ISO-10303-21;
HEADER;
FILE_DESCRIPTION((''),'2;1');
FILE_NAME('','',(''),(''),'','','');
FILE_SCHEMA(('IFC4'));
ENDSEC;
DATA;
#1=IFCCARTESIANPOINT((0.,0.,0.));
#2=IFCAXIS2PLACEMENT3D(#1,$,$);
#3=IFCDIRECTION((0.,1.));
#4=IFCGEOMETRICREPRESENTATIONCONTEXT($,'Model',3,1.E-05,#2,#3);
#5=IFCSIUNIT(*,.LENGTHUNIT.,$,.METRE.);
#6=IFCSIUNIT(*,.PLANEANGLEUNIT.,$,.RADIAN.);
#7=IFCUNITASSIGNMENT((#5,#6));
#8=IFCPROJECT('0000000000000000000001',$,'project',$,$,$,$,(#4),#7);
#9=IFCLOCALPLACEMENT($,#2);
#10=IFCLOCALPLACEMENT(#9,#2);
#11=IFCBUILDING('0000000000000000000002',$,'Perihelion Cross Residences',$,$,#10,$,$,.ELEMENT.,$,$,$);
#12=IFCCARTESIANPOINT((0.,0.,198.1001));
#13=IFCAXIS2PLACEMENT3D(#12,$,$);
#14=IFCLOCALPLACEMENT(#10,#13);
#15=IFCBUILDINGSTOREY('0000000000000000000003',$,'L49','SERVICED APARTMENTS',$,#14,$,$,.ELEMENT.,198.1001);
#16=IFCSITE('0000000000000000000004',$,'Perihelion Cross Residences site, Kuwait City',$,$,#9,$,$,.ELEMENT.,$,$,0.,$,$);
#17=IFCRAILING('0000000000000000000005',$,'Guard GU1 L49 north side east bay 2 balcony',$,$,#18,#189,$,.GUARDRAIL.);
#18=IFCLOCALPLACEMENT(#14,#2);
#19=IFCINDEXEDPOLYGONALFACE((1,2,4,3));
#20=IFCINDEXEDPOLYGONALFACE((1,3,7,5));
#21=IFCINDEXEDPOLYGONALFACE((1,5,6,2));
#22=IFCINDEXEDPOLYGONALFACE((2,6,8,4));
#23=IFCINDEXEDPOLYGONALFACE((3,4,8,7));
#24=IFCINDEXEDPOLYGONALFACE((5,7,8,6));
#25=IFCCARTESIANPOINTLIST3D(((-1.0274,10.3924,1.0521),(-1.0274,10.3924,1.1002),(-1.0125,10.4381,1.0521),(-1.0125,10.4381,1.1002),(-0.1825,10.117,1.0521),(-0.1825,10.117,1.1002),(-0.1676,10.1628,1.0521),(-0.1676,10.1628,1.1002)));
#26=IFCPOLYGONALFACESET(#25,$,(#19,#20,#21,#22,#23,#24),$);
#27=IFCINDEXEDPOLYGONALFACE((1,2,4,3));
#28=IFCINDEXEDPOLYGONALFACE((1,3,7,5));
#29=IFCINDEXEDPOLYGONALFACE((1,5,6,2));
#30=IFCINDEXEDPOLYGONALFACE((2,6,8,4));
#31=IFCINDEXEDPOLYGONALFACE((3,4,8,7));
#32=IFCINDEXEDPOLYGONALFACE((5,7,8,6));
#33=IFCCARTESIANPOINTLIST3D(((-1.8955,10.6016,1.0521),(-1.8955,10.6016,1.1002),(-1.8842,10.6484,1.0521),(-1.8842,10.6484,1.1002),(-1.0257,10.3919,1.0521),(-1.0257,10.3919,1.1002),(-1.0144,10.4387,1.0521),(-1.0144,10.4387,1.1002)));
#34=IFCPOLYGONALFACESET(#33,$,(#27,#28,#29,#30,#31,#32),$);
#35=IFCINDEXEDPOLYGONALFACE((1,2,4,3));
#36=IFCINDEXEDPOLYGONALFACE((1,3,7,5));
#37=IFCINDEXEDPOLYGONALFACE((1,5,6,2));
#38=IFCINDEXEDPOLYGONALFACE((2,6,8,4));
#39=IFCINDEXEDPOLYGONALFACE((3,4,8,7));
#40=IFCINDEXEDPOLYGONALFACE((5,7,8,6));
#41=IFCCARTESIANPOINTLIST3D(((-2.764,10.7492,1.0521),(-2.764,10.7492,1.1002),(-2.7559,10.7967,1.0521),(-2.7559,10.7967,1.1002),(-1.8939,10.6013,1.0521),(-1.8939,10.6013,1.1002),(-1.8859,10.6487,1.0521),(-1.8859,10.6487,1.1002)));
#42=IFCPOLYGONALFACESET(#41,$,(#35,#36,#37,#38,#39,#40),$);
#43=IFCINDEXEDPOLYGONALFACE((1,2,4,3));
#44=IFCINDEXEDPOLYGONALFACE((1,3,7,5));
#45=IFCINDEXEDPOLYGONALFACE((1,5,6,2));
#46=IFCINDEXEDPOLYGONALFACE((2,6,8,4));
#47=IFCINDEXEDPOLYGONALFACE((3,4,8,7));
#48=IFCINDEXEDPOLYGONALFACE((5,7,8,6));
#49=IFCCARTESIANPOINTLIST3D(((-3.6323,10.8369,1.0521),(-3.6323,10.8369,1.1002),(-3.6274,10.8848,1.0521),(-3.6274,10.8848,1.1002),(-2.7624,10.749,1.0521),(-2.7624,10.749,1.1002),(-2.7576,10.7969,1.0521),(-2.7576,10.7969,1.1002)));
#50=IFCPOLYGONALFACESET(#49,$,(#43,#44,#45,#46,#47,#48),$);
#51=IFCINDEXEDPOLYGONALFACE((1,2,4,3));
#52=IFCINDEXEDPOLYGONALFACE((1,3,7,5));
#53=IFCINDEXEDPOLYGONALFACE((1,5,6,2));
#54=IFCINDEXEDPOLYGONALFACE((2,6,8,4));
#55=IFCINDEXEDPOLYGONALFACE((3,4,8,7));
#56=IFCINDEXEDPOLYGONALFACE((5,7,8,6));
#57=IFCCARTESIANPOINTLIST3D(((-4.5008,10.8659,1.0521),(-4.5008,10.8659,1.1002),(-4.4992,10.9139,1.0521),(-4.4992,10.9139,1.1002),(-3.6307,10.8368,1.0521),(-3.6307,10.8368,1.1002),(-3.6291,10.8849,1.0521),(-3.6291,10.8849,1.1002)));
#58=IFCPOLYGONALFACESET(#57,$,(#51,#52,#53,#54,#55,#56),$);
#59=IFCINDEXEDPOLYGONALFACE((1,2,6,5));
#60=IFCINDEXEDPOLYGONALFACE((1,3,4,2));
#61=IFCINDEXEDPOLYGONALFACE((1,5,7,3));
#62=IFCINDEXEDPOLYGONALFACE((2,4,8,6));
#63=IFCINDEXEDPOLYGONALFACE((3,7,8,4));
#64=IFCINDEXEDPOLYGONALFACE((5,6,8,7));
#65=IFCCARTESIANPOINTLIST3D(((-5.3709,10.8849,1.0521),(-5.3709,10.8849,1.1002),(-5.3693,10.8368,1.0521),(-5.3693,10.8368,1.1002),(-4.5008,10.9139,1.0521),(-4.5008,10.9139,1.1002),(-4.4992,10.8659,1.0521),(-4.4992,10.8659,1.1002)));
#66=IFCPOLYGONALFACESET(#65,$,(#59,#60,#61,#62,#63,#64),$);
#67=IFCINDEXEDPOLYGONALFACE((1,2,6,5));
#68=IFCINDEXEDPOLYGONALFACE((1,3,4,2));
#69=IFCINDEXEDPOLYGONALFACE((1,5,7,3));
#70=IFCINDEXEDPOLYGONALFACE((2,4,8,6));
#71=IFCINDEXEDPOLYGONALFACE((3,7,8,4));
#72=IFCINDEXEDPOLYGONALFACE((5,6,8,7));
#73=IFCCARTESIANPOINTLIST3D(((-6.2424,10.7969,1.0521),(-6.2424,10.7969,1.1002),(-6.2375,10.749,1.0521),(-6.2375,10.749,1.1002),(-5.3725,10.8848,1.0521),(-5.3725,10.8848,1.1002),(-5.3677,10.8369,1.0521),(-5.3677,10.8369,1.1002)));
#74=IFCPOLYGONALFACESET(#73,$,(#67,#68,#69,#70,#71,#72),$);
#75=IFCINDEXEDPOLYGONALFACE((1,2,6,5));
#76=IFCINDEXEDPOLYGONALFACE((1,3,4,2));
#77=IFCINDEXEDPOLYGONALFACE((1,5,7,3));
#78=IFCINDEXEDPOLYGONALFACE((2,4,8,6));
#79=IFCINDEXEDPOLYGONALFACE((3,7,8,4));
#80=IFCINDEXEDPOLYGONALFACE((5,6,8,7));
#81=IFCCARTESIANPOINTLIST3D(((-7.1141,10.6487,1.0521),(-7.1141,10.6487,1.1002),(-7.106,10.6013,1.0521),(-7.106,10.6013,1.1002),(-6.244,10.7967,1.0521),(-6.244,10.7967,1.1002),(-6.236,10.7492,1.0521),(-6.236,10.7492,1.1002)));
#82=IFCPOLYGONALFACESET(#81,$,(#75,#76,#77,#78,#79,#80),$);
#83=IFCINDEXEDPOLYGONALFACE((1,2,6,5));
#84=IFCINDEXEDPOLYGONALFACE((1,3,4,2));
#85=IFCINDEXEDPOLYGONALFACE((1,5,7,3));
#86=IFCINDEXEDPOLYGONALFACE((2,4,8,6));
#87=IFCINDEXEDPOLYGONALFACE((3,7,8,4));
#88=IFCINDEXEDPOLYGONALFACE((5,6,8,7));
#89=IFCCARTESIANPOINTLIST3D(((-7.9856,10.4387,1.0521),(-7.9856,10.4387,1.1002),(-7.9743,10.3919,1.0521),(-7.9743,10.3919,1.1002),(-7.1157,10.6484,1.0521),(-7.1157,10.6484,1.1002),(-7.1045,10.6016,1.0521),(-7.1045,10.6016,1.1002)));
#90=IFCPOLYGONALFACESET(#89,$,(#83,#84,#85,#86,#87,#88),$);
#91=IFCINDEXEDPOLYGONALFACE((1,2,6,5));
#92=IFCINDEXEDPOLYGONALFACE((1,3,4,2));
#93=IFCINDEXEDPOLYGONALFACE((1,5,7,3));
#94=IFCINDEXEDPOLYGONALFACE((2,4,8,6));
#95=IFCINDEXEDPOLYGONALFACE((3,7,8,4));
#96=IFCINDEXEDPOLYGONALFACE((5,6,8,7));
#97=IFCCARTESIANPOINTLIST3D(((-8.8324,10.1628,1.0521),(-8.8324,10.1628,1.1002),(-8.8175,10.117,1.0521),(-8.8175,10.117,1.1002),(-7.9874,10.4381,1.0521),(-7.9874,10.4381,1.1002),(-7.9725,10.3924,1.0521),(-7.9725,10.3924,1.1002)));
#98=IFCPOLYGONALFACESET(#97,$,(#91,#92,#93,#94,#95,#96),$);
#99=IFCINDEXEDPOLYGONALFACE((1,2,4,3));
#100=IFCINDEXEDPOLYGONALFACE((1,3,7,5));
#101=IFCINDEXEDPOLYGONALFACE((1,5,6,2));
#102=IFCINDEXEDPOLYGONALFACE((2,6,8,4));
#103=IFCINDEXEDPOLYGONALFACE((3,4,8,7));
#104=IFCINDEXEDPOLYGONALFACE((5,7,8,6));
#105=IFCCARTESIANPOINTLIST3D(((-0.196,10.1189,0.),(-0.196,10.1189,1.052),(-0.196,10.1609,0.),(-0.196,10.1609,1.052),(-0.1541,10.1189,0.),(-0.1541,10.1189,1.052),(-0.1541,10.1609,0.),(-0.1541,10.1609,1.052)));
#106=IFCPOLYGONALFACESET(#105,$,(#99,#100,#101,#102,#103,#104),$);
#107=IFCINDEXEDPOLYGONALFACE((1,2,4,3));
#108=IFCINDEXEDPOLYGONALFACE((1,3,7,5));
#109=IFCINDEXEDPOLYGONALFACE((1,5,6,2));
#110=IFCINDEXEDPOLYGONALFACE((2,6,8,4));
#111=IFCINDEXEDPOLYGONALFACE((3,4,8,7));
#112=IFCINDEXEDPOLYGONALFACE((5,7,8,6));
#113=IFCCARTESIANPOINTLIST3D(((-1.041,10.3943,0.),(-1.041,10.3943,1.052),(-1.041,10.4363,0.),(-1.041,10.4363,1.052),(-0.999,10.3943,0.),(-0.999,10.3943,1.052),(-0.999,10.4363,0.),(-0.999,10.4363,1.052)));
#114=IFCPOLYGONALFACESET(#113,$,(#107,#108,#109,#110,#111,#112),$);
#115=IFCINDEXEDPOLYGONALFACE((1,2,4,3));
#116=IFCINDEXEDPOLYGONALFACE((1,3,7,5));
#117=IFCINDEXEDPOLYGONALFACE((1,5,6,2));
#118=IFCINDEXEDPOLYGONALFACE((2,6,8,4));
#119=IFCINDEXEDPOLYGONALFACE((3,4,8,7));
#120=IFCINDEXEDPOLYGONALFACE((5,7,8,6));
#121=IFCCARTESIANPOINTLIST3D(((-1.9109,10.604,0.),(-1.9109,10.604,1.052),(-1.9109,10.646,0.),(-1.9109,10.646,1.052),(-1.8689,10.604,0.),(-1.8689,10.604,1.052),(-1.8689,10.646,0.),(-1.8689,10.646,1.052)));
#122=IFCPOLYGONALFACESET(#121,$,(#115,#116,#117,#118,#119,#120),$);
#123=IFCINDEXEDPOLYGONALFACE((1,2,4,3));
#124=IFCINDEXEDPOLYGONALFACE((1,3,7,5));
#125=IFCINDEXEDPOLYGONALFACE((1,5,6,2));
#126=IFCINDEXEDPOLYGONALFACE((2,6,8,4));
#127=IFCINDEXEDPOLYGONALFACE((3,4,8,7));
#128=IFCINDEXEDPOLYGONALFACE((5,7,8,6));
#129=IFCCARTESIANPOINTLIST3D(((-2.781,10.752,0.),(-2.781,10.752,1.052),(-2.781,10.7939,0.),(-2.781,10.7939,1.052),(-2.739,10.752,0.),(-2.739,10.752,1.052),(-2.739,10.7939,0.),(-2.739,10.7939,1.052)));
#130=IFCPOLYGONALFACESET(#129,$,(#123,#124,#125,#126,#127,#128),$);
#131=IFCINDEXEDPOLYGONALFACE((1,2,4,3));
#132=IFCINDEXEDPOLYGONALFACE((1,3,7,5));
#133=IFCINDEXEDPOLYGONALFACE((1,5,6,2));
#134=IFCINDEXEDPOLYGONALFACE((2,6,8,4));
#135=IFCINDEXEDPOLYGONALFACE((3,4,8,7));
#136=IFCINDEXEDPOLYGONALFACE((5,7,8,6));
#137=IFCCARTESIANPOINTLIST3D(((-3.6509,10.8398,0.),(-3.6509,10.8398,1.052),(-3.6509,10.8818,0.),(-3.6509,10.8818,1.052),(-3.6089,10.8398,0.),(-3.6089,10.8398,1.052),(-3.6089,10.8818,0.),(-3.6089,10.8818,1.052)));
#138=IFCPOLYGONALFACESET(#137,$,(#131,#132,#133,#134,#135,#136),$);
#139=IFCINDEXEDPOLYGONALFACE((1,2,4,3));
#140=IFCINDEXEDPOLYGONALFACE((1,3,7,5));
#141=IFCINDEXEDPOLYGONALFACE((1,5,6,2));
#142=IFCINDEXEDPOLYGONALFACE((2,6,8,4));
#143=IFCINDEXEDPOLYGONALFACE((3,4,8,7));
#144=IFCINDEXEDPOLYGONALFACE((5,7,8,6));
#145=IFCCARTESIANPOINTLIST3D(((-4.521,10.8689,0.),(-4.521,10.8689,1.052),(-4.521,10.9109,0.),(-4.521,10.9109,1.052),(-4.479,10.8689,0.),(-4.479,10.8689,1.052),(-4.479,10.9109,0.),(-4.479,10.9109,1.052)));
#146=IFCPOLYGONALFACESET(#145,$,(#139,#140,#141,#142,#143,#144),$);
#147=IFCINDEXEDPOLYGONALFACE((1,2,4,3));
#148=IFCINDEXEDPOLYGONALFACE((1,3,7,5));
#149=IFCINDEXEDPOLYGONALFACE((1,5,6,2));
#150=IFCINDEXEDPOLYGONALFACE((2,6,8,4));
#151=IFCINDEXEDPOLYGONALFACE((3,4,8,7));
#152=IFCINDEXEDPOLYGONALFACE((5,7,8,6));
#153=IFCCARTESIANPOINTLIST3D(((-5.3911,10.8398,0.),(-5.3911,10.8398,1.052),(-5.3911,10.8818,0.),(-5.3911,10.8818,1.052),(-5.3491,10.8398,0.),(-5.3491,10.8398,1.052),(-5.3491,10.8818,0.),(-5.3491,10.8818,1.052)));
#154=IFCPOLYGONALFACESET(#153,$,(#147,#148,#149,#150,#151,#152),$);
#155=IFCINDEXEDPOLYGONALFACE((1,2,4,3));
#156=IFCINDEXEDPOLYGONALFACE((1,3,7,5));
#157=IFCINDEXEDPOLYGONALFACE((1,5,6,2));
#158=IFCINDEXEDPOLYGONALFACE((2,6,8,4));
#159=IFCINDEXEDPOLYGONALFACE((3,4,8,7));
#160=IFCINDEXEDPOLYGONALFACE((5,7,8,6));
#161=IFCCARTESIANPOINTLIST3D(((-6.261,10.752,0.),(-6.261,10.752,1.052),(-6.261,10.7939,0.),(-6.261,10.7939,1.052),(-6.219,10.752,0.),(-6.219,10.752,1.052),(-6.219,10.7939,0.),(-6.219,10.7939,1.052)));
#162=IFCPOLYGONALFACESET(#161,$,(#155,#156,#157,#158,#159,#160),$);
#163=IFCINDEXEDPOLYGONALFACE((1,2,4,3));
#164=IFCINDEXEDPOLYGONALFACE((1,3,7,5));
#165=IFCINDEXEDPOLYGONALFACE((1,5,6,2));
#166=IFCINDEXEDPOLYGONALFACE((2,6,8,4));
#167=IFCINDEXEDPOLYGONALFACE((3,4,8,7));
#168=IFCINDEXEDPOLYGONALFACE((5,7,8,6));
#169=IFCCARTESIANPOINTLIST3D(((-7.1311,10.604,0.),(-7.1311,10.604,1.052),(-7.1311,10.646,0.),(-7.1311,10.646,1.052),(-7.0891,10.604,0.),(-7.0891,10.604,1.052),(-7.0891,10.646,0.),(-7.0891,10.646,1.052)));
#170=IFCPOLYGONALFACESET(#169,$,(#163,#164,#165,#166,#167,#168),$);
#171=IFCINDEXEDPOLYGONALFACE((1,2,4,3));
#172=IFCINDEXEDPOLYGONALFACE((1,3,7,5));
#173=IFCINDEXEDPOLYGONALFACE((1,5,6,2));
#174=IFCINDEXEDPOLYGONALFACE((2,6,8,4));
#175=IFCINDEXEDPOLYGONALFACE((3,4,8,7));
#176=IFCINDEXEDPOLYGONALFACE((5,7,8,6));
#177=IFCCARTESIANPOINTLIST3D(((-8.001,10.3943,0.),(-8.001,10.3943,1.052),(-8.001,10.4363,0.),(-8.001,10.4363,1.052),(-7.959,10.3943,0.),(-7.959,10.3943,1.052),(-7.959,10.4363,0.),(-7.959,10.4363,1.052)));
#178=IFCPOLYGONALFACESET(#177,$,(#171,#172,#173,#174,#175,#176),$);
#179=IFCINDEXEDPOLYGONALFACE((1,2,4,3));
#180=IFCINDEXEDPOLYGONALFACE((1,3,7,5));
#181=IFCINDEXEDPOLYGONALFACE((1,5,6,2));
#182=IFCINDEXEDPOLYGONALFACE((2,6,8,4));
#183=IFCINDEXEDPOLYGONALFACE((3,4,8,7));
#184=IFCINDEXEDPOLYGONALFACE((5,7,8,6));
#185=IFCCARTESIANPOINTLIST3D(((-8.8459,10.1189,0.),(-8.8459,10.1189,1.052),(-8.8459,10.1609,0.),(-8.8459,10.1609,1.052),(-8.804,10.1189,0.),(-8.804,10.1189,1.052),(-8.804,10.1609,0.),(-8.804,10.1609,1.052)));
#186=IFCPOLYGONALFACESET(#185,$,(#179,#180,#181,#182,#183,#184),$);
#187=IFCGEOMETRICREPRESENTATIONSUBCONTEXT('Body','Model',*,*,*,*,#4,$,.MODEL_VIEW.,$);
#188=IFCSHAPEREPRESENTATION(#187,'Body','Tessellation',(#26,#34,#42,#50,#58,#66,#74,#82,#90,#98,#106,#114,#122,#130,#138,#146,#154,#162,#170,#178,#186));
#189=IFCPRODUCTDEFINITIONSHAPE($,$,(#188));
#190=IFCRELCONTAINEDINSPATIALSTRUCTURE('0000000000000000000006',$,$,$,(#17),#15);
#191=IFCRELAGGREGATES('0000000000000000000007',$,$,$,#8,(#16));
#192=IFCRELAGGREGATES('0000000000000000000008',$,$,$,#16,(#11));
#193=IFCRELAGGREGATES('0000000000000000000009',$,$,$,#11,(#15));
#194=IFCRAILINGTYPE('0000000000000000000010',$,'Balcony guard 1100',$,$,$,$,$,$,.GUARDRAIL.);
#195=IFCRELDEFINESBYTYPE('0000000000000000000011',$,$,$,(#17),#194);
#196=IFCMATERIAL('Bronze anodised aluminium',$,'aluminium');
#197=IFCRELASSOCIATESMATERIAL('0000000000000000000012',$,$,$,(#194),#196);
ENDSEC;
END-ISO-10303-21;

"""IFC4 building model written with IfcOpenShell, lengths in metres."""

from ifc_helpers import new_model, si_unit, direction, frame, origin, origin_2d, place, context, subcontext, project, spatial, rectangle, extrude, material, type_object, element, save


model = new_model("IFC4")

# Units and contexts
model_context = context("Model", 3, precision=1e-05, world=origin(), true_north=direction((0.0, 1.0)))
body_context = subcontext(model_context, "Body", "Model", "MODEL_VIEW")
ifc_project = project(units=[si_unit("LENGTHUNIT", "METRE"), si_unit("PLANEANGLEUNIT", "RADIAN")], contexts=[model_context])

# Site, building, storey
site_placement = place(None, origin())
site = spatial("IfcSite", under=ifc_project, at=site_placement, Name="Perihelion Cross Residences site, Kuwait City", CompositionType="ELEMENT", RefElevation=0.0)
building_placement = place(site_placement, origin())
building = spatial("IfcBuilding", under=site, at=building_placement, Name="Perihelion Cross Residences", CompositionType="ELEMENT")
storey_placement = place(building_placement, frame((0.0, 0.0, 198.1001)))
storey = spatial("IfcBuildingStorey", under=building, at=storey_placement, Name="L49", Description="SERVICED APARTMENTS", CompositionType="ELEMENT", Elevation=198.1001)

# Railing
ifc_material_1 = material(Name="Bronze anodised aluminium", Category="aluminium")
railing_type = type_object("IfcRailingType", Name="Balcony guard 1100", PredefinedType="GUARDRAIL", material=ifc_material_1)
railing_1_placement = place(storey_placement, frame((-0.175, 10.1399, 0.0)))
element("IfcRailing", 1, at=railing_1_placement, inside=storey, type_object=railing_type, Name="Guard GU1 L49 north side east bay 2 balcony", PredefinedType="GUARDRAIL", context=body_context, shape_type="SweptSolid", body=[
    extrude(rectangle(XDim=0.0481, YDim=0.0481, at=origin_2d()), frame((0.0, 0.0, 1.0762), z_axis=(-0.950777, 0.309875, 0.0), x_axis=(-0.309875, -0.950777, 0.0)), (0.0, 0.0, 1.0), 0.8887),
    extrude(rectangle(XDim=0.0481, YDim=0.0481, at=origin_2d()), frame((-0.845, 0.2754, 1.0762), z_axis=(-0.972147, 0.234374, 0.0), x_axis=(-0.234374, -0.972147, 0.0)), (0.0, 0.0, 1.0), 0.8948),
    extrude(rectangle(XDim=0.0481, YDim=0.0481, at=origin_2d()), frame((-1.7148, 0.4851, 1.0762), z_axis=(-0.98585, 0.167628, 0.0), x_axis=(-0.167628, -0.98585, 0.0)), (0.0, 0.0, 1.0), 0.8826),
    extrude(rectangle(XDim=0.0481, YDim=0.0481, at=origin_2d()), frame((-2.585, 0.6331, 1.0762), z_axis=(-0.994934, 0.100527, 0.0), x_axis=(-0.100527, -0.994934, 0.0)), (0.0, 0.0, 1.0), 0.8743),
    extrude(rectangle(XDim=0.0481, YDim=0.0481, at=origin_2d()), frame((-3.4548, 0.7209, 1.0762), z_axis=(-0.999443, 0.033371, 0.0), x_axis=(-0.033371, -0.999443, 0.0)), (0.0, 0.0, 1.0), 0.8706),
    extrude(rectangle(XDim=0.0481, YDim=0.0481, at=origin_2d()), frame((-4.325, 0.75, 1.0762), z_axis=(-0.999443, -0.033371, 0.0), x_axis=(0.033371, -0.999443, 0.0)), (0.0, 0.0, 1.0), 0.8706),
    extrude(rectangle(XDim=0.0481, YDim=0.0481, at=origin_2d()), frame((-5.1951, 0.7209, 1.0762), z_axis=(-0.994934, -0.100527, 0.0), x_axis=(0.100527, -0.994934, 0.0)), (0.0, 0.0, 1.0), 0.8743),
    extrude(rectangle(XDim=0.0481, YDim=0.0481, at=origin_2d()), frame((-6.0649, 0.6331, 1.0762), z_axis=(-0.98585, -0.167628, 0.0), x_axis=(0.167628, -0.98585, 0.0)), (0.0, 0.0, 1.0), 0.8826),
    extrude(rectangle(XDim=0.0481, YDim=0.0481, at=origin_2d()), frame((-6.9351, 0.4851, 1.0762), z_axis=(-0.972147, -0.234374, 0.0), x_axis=(0.234374, -0.972147, 0.0)), (0.0, 0.0, 1.0), 0.8948),
    extrude(rectangle(XDim=0.0481, YDim=0.0481, at=origin_2d()), frame((-7.8049, 0.2754, 1.0762), z_axis=(-0.950777, -0.309875, 0.0), x_axis=(0.309875, -0.950777, 0.0)), (0.0, 0.0, 1.0), 0.8887),
    extrude(rectangle(XDim=0.042, YDim=0.042, at=origin_2d()), origin(), (0.0, 0.0, 1.0), 1.052),
    extrude(rectangle(XDim=0.042, YDim=0.042, at=origin_2d()), frame((-0.845, 0.2754, 0.0)), (0.0, 0.0, 1.0), 1.052),
    extrude(rectangle(XDim=0.042, YDim=0.042, at=origin_2d()), frame((-1.7148, 0.4851, 0.0)), (0.0, 0.0, 1.0), 1.052),
    extrude(rectangle(XDim=0.042, YDim=0.042, at=origin_2d()), frame((-2.585, 0.6331, 0.0)), (0.0, 0.0, 1.0), 1.052),
    extrude(rectangle(XDim=0.042, YDim=0.042, at=origin_2d()), frame((-3.4548, 0.7209, 0.0)), (0.0, 0.0, 1.0), 1.052),
    extrude(rectangle(XDim=0.042, YDim=0.042, at=origin_2d()), frame((-4.325, 0.75, 0.0)), (0.0, 0.0, 1.0), 1.052),
    extrude(rectangle(XDim=0.042, YDim=0.042, at=origin_2d()), frame((-5.1951, 0.7209, 0.0)), (0.0, 0.0, 1.0), 1.052),
    extrude(rectangle(XDim=0.042, YDim=0.042, at=origin_2d()), frame((-6.0649, 0.6331, 0.0)), (0.0, 0.0, 1.0), 1.052),
    extrude(rectangle(XDim=0.042, YDim=0.042, at=origin_2d()), frame((-6.9351, 0.4851, 0.0)), (0.0, 0.0, 1.0), 1.052),
    extrude(rectangle(XDim=0.042, YDim=0.042, at=origin_2d()), frame((-7.8049, 0.2754, 0.0)), (0.0, 0.0, 1.0), 1.052),
    extrude(rectangle(XDim=0.042, YDim=0.042, at=origin_2d()), frame((-8.6499, 0.0, 0.0)), (0.0, 0.0, 1.0), 1.052),
])

save(model, "model.ifc")
